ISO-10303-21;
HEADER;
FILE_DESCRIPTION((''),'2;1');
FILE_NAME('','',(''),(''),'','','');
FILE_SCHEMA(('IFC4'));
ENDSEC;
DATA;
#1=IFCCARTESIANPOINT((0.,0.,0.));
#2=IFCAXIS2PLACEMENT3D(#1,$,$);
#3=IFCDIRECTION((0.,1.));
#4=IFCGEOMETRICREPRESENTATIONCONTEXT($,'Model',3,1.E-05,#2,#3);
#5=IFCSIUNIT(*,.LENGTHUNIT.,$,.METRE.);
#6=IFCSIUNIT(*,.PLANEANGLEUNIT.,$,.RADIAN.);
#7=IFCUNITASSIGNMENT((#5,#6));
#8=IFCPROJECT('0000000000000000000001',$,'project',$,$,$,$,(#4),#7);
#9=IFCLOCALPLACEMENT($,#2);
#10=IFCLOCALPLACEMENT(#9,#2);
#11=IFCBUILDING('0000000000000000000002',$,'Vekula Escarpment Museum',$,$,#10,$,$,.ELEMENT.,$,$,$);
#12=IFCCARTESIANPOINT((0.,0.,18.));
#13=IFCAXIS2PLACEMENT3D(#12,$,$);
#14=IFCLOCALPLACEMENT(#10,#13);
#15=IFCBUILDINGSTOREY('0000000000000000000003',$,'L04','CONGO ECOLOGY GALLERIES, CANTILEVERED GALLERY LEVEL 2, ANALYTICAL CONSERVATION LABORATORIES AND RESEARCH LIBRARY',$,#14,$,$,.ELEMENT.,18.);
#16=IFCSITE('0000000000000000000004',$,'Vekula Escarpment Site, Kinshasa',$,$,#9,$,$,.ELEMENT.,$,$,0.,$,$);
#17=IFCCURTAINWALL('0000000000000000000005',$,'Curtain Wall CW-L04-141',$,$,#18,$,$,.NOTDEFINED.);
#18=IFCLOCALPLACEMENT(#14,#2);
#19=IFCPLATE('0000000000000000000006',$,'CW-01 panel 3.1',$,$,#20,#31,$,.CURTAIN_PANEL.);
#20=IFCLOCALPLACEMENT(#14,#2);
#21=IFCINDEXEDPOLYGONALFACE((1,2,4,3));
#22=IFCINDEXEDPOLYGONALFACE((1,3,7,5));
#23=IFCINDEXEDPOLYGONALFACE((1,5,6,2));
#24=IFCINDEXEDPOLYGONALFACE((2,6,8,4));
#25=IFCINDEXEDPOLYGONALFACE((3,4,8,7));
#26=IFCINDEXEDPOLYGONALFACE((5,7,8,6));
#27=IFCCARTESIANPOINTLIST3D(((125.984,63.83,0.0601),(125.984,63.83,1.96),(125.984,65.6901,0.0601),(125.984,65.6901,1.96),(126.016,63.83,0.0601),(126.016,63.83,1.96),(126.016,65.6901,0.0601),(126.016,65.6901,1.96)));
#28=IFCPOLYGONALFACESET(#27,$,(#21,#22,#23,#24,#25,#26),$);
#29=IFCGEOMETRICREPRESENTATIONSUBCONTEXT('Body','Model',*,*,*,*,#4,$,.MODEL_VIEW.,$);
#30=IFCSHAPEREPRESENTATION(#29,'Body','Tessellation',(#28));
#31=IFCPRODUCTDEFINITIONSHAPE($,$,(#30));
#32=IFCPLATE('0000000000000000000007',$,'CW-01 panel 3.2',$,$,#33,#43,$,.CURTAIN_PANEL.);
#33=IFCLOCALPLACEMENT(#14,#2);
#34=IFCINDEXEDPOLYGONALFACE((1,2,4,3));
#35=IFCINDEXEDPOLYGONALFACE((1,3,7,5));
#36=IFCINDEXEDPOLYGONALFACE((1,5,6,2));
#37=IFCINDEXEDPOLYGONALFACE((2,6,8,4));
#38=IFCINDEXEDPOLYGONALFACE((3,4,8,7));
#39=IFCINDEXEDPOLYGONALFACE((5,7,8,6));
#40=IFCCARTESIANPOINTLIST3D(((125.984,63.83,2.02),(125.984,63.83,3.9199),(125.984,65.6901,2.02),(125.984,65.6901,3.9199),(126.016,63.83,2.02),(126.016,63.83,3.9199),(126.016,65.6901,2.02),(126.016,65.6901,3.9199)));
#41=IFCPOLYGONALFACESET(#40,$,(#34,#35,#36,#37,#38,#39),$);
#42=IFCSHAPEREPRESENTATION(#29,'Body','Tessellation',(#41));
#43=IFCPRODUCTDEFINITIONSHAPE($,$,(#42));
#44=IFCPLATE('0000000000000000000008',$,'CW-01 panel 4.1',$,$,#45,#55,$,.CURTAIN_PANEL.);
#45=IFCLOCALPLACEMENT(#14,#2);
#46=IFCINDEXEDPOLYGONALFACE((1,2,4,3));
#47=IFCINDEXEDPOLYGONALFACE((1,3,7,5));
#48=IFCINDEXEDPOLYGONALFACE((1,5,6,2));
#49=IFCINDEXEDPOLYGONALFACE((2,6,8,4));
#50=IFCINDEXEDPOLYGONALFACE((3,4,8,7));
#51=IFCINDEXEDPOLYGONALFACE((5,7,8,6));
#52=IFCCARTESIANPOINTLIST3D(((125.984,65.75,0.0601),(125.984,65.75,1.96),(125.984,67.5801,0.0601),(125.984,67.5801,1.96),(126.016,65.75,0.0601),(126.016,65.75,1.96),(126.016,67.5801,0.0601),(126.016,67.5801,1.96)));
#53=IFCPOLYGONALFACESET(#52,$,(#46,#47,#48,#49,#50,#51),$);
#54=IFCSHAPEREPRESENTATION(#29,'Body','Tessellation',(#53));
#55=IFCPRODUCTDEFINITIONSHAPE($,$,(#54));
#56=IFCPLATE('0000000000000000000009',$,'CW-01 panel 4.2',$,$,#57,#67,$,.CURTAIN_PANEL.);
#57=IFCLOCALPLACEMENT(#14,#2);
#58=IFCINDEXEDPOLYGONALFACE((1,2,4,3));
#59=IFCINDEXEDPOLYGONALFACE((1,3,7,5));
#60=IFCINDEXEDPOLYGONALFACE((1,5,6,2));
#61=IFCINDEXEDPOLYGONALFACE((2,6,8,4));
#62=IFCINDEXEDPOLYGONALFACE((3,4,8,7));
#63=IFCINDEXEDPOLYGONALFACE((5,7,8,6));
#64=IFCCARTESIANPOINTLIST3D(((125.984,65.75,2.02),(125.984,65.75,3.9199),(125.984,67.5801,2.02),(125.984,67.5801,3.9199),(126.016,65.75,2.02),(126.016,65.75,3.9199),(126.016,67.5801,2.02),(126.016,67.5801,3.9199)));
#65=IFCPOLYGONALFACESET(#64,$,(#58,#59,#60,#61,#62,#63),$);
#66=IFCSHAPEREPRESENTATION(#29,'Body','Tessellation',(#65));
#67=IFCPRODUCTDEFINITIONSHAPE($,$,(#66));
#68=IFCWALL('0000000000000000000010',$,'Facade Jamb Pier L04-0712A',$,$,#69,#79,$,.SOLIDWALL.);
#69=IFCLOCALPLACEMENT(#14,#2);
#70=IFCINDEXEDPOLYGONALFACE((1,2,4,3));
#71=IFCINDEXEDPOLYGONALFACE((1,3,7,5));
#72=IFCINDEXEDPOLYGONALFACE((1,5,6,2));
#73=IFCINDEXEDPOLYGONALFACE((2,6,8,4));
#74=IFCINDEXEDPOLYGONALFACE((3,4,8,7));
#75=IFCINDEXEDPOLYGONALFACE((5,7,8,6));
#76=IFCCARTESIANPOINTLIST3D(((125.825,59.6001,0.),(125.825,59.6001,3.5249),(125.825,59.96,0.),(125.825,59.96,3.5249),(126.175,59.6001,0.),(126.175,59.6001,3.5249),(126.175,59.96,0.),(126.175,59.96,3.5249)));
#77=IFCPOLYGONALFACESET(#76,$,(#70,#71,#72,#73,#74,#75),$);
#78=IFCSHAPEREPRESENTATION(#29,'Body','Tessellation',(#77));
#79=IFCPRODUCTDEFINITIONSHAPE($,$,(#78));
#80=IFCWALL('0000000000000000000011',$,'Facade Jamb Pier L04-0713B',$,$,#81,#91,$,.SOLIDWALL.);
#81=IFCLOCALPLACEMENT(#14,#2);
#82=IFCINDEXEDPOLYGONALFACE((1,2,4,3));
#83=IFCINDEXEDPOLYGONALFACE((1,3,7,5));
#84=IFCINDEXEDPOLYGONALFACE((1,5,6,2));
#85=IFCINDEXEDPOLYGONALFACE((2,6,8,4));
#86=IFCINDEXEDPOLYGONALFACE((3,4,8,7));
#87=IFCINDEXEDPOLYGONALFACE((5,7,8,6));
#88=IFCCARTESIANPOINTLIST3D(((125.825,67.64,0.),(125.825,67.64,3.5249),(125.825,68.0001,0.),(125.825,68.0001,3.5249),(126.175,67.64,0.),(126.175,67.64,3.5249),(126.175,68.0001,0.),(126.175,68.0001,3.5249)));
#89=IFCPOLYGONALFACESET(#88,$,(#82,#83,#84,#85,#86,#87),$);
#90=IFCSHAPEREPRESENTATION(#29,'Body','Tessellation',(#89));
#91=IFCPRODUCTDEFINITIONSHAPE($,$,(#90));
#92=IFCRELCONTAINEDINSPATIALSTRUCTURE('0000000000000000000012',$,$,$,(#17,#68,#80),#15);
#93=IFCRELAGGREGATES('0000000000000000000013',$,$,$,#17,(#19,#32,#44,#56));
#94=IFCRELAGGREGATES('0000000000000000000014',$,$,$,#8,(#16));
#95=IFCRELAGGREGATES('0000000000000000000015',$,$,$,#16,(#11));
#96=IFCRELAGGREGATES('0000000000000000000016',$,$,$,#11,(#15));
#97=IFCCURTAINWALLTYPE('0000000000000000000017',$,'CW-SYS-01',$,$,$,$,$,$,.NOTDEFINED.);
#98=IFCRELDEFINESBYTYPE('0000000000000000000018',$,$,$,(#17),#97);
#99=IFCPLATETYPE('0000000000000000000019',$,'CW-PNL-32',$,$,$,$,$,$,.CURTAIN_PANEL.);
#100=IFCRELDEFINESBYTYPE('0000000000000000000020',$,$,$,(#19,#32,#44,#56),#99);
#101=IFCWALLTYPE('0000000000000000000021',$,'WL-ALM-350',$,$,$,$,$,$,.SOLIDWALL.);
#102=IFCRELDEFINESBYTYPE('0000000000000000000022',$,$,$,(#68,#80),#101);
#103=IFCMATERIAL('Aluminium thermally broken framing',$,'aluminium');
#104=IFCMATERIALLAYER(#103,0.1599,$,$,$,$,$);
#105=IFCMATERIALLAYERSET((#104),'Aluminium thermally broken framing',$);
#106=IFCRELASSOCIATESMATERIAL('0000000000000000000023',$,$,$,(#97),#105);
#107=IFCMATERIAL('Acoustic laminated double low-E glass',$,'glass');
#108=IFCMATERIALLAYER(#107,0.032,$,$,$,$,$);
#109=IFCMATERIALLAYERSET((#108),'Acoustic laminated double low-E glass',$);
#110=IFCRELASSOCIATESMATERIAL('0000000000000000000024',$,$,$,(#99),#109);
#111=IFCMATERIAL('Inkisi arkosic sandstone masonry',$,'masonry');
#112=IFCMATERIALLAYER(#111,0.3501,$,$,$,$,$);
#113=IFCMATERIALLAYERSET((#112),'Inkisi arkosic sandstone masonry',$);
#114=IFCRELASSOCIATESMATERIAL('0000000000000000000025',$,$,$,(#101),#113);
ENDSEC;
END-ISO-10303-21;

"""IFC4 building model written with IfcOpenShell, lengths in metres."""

from ifc_helpers import new_model, si_unit, direction, frame, frame_2d, origin, origin_2d, place, context, subcontext, project, spatial, rectangle, extrude, material, layer, layer_set, type_object, element, aggregate, save


model = new_model("IFC4")

# Units and contexts
model_context = context("Model", 3, precision=1e-05, world=origin(), true_north=direction((0.0, 1.0)))
body_context = subcontext(model_context, "Body", "Model", "MODEL_VIEW")
ifc_project = project(units=[si_unit("LENGTHUNIT", "METRE"), si_unit("PLANEANGLEUNIT", "RADIAN")], contexts=[model_context])

# Site, building, storey
site_placement = place(None, origin())
site = spatial("IfcSite", under=ifc_project, at=site_placement, Name="Vekula Escarpment Site, Kinshasa", CompositionType="ELEMENT", RefElevation=0.0)
building_placement = place(site_placement, origin())
building = spatial("IfcBuilding", under=site, at=building_placement, Name="Vekula Escarpment Museum", CompositionType="ELEMENT")
storey_placement = place(building_placement, frame((0.0, 0.0, 18.0)))
storey = spatial("IfcBuildingStorey", under=building, at=storey_placement, Name="L04", Description="CONGO ECOLOGY GALLERIES, CANTILEVERED GALLERY LEVEL 2, ANALYTICAL CONSERVATION LABORATORIES AND RESEARCH LIBRARY", CompositionType="ELEMENT", Elevation=18.0)

# Curtain wall, plates
ifc_material_1 = material(Name="Aluminium thermally broken framing", Category="aluminium")
ifc_layer_1 = layer(ifc_material_1, 0.1599)
ifc_layer_set_1 = layer_set([ifc_layer_1], Name="Aluminium thermally broken framing")
curtain_wall_type = type_object("IfcCurtainWallType", Name="CW-SYS-01", PredefinedType="NOTDEFINED", material=ifc_layer_set_1)
curtain_wall_placement = place(storey_placement, origin())
curtain_wall = element("IfcCurtainWall", 1, at=curtain_wall_placement, inside=storey, type_object=curtain_wall_type, Name="Curtain Wall CW-L04-141", PredefinedType="NOTDEFINED")
ifc_material_2 = material(Name="Acoustic laminated double low-E glass", Category="glass")
ifc_layer_2 = layer(ifc_material_2, 0.032)
ifc_layer_set_2 = layer_set([ifc_layer_2], Name="Acoustic laminated double low-E glass")
plate_type = type_object("IfcPlateType", Name="CW-PNL-32", PredefinedType="CURTAIN_PANEL", material=ifc_layer_set_2)
plate_1_placement = place(storey_placement, frame((126.0, 64.76, 0.0601), z_axis=(0.0, 0.0, 1.0), x_axis=(0.0, 1.0, 0.0)))
plate_1 = element("IfcPlate", 2, at=plate_1_placement, type_object=plate_type, Name="CW-01 panel 3.1", PredefinedType="CURTAIN_PANEL", context=body_context, shape_type="SweptSolid", body=[
    extrude(rectangle(XDim=1.8601, YDim=0.032, at=origin_2d()), origin(), (0.0, 0.0, 1.0), 1.8999),
])
plate_2_placement = place(storey_placement, frame((126.0, 64.76, 2.02), z_axis=(0.0, 0.0, 1.0), x_axis=(0.0, 1.0, 0.0)))
plate_2 = element("IfcPlate", 3, at=plate_2_placement, type_object=plate_type, Name="CW-01 panel 3.2", PredefinedType="CURTAIN_PANEL", context=body_context, shape_type="SweptSolid", body=[
    extrude(rectangle(XDim=1.8601, YDim=0.032, at=origin_2d()), origin(), (0.0, 0.0, 1.0), 1.8999),
])
plate_3_placement = place(storey_placement, frame((126.0, 66.665, 0.0601), z_axis=(0.0, 0.0, 1.0), x_axis=(0.0, 1.0, 0.0)))
plate_3 = element("IfcPlate", 4, at=plate_3_placement, type_object=plate_type, Name="CW-01 panel 4.1", PredefinedType="CURTAIN_PANEL", context=body_context, shape_type="SweptSolid", body=[
    extrude(rectangle(XDim=1.8301, YDim=0.032, at=origin_2d()), origin(), (0.0, 0.0, 1.0), 1.8999),
])
plate_4_placement = place(storey_placement, frame((126.0, 66.665, 2.02), z_axis=(0.0, 0.0, 1.0), x_axis=(0.0, 1.0, 0.0)))
plate_4 = element("IfcPlate", 5, at=plate_4_placement, type_object=plate_type, Name="CW-01 panel 4.2", PredefinedType="CURTAIN_PANEL", context=body_context, shape_type="SweptSolid", body=[
    extrude(rectangle(XDim=1.8301, YDim=0.032, at=origin_2d()), origin(), (0.0, 0.0, 1.0), 1.8999),
])
aggregate(curtain_wall, [plate_1, plate_2, plate_3, plate_4])

# Walls
ifc_material_3 = material(Name="Inkisi arkosic sandstone masonry", Category="masonry")
ifc_layer_3 = layer(ifc_material_3, 0.3501)
ifc_layer_set_3 = layer_set([ifc_layer_3], Name="Inkisi arkosic sandstone masonry")
wall_type = type_object("IfcWallType", Name="WL-ALM-350", PredefinedType="SOLIDWALL", material=ifc_layer_set_3)
wall_1_placement = place(storey_placement, frame((126.0, 59.6001, 0.0), z_axis=(0.0, 0.0, 1.0), x_axis=(0.0, 1.0, 0.0)))
element("IfcWall", 6, at=wall_1_placement, inside=storey, type_object=wall_type, Name="Facade Jamb Pier L04-0712A", PredefinedType="SOLIDWALL", context=body_context, shape_type="SweptSolid", body=[
    extrude(rectangle(XDim=0.3599, YDim=0.3501, at=frame_2d((0.1799, 0.0))), origin(), (0.0, 0.0, 1.0), 3.5249),
])
wall_2_placement = place(storey_placement, frame((126.0, 67.6399, 0.0), z_axis=(0.0, 0.0, 1.0), x_axis=(0.0, 1.0, 0.0)))
element("IfcWall", 7, at=wall_2_placement, inside=storey, type_object=wall_type, Name="Facade Jamb Pier L04-0713B", PredefinedType="SOLIDWALL", context=body_context, shape_type="SweptSolid", body=[
    extrude(rectangle(XDim=0.3601, YDim=0.3501, at=frame_2d((0.1802, 0.0))), origin(), (0.0, 0.0, 1.0), 3.5249),
])

save(model, "model.ifc")
